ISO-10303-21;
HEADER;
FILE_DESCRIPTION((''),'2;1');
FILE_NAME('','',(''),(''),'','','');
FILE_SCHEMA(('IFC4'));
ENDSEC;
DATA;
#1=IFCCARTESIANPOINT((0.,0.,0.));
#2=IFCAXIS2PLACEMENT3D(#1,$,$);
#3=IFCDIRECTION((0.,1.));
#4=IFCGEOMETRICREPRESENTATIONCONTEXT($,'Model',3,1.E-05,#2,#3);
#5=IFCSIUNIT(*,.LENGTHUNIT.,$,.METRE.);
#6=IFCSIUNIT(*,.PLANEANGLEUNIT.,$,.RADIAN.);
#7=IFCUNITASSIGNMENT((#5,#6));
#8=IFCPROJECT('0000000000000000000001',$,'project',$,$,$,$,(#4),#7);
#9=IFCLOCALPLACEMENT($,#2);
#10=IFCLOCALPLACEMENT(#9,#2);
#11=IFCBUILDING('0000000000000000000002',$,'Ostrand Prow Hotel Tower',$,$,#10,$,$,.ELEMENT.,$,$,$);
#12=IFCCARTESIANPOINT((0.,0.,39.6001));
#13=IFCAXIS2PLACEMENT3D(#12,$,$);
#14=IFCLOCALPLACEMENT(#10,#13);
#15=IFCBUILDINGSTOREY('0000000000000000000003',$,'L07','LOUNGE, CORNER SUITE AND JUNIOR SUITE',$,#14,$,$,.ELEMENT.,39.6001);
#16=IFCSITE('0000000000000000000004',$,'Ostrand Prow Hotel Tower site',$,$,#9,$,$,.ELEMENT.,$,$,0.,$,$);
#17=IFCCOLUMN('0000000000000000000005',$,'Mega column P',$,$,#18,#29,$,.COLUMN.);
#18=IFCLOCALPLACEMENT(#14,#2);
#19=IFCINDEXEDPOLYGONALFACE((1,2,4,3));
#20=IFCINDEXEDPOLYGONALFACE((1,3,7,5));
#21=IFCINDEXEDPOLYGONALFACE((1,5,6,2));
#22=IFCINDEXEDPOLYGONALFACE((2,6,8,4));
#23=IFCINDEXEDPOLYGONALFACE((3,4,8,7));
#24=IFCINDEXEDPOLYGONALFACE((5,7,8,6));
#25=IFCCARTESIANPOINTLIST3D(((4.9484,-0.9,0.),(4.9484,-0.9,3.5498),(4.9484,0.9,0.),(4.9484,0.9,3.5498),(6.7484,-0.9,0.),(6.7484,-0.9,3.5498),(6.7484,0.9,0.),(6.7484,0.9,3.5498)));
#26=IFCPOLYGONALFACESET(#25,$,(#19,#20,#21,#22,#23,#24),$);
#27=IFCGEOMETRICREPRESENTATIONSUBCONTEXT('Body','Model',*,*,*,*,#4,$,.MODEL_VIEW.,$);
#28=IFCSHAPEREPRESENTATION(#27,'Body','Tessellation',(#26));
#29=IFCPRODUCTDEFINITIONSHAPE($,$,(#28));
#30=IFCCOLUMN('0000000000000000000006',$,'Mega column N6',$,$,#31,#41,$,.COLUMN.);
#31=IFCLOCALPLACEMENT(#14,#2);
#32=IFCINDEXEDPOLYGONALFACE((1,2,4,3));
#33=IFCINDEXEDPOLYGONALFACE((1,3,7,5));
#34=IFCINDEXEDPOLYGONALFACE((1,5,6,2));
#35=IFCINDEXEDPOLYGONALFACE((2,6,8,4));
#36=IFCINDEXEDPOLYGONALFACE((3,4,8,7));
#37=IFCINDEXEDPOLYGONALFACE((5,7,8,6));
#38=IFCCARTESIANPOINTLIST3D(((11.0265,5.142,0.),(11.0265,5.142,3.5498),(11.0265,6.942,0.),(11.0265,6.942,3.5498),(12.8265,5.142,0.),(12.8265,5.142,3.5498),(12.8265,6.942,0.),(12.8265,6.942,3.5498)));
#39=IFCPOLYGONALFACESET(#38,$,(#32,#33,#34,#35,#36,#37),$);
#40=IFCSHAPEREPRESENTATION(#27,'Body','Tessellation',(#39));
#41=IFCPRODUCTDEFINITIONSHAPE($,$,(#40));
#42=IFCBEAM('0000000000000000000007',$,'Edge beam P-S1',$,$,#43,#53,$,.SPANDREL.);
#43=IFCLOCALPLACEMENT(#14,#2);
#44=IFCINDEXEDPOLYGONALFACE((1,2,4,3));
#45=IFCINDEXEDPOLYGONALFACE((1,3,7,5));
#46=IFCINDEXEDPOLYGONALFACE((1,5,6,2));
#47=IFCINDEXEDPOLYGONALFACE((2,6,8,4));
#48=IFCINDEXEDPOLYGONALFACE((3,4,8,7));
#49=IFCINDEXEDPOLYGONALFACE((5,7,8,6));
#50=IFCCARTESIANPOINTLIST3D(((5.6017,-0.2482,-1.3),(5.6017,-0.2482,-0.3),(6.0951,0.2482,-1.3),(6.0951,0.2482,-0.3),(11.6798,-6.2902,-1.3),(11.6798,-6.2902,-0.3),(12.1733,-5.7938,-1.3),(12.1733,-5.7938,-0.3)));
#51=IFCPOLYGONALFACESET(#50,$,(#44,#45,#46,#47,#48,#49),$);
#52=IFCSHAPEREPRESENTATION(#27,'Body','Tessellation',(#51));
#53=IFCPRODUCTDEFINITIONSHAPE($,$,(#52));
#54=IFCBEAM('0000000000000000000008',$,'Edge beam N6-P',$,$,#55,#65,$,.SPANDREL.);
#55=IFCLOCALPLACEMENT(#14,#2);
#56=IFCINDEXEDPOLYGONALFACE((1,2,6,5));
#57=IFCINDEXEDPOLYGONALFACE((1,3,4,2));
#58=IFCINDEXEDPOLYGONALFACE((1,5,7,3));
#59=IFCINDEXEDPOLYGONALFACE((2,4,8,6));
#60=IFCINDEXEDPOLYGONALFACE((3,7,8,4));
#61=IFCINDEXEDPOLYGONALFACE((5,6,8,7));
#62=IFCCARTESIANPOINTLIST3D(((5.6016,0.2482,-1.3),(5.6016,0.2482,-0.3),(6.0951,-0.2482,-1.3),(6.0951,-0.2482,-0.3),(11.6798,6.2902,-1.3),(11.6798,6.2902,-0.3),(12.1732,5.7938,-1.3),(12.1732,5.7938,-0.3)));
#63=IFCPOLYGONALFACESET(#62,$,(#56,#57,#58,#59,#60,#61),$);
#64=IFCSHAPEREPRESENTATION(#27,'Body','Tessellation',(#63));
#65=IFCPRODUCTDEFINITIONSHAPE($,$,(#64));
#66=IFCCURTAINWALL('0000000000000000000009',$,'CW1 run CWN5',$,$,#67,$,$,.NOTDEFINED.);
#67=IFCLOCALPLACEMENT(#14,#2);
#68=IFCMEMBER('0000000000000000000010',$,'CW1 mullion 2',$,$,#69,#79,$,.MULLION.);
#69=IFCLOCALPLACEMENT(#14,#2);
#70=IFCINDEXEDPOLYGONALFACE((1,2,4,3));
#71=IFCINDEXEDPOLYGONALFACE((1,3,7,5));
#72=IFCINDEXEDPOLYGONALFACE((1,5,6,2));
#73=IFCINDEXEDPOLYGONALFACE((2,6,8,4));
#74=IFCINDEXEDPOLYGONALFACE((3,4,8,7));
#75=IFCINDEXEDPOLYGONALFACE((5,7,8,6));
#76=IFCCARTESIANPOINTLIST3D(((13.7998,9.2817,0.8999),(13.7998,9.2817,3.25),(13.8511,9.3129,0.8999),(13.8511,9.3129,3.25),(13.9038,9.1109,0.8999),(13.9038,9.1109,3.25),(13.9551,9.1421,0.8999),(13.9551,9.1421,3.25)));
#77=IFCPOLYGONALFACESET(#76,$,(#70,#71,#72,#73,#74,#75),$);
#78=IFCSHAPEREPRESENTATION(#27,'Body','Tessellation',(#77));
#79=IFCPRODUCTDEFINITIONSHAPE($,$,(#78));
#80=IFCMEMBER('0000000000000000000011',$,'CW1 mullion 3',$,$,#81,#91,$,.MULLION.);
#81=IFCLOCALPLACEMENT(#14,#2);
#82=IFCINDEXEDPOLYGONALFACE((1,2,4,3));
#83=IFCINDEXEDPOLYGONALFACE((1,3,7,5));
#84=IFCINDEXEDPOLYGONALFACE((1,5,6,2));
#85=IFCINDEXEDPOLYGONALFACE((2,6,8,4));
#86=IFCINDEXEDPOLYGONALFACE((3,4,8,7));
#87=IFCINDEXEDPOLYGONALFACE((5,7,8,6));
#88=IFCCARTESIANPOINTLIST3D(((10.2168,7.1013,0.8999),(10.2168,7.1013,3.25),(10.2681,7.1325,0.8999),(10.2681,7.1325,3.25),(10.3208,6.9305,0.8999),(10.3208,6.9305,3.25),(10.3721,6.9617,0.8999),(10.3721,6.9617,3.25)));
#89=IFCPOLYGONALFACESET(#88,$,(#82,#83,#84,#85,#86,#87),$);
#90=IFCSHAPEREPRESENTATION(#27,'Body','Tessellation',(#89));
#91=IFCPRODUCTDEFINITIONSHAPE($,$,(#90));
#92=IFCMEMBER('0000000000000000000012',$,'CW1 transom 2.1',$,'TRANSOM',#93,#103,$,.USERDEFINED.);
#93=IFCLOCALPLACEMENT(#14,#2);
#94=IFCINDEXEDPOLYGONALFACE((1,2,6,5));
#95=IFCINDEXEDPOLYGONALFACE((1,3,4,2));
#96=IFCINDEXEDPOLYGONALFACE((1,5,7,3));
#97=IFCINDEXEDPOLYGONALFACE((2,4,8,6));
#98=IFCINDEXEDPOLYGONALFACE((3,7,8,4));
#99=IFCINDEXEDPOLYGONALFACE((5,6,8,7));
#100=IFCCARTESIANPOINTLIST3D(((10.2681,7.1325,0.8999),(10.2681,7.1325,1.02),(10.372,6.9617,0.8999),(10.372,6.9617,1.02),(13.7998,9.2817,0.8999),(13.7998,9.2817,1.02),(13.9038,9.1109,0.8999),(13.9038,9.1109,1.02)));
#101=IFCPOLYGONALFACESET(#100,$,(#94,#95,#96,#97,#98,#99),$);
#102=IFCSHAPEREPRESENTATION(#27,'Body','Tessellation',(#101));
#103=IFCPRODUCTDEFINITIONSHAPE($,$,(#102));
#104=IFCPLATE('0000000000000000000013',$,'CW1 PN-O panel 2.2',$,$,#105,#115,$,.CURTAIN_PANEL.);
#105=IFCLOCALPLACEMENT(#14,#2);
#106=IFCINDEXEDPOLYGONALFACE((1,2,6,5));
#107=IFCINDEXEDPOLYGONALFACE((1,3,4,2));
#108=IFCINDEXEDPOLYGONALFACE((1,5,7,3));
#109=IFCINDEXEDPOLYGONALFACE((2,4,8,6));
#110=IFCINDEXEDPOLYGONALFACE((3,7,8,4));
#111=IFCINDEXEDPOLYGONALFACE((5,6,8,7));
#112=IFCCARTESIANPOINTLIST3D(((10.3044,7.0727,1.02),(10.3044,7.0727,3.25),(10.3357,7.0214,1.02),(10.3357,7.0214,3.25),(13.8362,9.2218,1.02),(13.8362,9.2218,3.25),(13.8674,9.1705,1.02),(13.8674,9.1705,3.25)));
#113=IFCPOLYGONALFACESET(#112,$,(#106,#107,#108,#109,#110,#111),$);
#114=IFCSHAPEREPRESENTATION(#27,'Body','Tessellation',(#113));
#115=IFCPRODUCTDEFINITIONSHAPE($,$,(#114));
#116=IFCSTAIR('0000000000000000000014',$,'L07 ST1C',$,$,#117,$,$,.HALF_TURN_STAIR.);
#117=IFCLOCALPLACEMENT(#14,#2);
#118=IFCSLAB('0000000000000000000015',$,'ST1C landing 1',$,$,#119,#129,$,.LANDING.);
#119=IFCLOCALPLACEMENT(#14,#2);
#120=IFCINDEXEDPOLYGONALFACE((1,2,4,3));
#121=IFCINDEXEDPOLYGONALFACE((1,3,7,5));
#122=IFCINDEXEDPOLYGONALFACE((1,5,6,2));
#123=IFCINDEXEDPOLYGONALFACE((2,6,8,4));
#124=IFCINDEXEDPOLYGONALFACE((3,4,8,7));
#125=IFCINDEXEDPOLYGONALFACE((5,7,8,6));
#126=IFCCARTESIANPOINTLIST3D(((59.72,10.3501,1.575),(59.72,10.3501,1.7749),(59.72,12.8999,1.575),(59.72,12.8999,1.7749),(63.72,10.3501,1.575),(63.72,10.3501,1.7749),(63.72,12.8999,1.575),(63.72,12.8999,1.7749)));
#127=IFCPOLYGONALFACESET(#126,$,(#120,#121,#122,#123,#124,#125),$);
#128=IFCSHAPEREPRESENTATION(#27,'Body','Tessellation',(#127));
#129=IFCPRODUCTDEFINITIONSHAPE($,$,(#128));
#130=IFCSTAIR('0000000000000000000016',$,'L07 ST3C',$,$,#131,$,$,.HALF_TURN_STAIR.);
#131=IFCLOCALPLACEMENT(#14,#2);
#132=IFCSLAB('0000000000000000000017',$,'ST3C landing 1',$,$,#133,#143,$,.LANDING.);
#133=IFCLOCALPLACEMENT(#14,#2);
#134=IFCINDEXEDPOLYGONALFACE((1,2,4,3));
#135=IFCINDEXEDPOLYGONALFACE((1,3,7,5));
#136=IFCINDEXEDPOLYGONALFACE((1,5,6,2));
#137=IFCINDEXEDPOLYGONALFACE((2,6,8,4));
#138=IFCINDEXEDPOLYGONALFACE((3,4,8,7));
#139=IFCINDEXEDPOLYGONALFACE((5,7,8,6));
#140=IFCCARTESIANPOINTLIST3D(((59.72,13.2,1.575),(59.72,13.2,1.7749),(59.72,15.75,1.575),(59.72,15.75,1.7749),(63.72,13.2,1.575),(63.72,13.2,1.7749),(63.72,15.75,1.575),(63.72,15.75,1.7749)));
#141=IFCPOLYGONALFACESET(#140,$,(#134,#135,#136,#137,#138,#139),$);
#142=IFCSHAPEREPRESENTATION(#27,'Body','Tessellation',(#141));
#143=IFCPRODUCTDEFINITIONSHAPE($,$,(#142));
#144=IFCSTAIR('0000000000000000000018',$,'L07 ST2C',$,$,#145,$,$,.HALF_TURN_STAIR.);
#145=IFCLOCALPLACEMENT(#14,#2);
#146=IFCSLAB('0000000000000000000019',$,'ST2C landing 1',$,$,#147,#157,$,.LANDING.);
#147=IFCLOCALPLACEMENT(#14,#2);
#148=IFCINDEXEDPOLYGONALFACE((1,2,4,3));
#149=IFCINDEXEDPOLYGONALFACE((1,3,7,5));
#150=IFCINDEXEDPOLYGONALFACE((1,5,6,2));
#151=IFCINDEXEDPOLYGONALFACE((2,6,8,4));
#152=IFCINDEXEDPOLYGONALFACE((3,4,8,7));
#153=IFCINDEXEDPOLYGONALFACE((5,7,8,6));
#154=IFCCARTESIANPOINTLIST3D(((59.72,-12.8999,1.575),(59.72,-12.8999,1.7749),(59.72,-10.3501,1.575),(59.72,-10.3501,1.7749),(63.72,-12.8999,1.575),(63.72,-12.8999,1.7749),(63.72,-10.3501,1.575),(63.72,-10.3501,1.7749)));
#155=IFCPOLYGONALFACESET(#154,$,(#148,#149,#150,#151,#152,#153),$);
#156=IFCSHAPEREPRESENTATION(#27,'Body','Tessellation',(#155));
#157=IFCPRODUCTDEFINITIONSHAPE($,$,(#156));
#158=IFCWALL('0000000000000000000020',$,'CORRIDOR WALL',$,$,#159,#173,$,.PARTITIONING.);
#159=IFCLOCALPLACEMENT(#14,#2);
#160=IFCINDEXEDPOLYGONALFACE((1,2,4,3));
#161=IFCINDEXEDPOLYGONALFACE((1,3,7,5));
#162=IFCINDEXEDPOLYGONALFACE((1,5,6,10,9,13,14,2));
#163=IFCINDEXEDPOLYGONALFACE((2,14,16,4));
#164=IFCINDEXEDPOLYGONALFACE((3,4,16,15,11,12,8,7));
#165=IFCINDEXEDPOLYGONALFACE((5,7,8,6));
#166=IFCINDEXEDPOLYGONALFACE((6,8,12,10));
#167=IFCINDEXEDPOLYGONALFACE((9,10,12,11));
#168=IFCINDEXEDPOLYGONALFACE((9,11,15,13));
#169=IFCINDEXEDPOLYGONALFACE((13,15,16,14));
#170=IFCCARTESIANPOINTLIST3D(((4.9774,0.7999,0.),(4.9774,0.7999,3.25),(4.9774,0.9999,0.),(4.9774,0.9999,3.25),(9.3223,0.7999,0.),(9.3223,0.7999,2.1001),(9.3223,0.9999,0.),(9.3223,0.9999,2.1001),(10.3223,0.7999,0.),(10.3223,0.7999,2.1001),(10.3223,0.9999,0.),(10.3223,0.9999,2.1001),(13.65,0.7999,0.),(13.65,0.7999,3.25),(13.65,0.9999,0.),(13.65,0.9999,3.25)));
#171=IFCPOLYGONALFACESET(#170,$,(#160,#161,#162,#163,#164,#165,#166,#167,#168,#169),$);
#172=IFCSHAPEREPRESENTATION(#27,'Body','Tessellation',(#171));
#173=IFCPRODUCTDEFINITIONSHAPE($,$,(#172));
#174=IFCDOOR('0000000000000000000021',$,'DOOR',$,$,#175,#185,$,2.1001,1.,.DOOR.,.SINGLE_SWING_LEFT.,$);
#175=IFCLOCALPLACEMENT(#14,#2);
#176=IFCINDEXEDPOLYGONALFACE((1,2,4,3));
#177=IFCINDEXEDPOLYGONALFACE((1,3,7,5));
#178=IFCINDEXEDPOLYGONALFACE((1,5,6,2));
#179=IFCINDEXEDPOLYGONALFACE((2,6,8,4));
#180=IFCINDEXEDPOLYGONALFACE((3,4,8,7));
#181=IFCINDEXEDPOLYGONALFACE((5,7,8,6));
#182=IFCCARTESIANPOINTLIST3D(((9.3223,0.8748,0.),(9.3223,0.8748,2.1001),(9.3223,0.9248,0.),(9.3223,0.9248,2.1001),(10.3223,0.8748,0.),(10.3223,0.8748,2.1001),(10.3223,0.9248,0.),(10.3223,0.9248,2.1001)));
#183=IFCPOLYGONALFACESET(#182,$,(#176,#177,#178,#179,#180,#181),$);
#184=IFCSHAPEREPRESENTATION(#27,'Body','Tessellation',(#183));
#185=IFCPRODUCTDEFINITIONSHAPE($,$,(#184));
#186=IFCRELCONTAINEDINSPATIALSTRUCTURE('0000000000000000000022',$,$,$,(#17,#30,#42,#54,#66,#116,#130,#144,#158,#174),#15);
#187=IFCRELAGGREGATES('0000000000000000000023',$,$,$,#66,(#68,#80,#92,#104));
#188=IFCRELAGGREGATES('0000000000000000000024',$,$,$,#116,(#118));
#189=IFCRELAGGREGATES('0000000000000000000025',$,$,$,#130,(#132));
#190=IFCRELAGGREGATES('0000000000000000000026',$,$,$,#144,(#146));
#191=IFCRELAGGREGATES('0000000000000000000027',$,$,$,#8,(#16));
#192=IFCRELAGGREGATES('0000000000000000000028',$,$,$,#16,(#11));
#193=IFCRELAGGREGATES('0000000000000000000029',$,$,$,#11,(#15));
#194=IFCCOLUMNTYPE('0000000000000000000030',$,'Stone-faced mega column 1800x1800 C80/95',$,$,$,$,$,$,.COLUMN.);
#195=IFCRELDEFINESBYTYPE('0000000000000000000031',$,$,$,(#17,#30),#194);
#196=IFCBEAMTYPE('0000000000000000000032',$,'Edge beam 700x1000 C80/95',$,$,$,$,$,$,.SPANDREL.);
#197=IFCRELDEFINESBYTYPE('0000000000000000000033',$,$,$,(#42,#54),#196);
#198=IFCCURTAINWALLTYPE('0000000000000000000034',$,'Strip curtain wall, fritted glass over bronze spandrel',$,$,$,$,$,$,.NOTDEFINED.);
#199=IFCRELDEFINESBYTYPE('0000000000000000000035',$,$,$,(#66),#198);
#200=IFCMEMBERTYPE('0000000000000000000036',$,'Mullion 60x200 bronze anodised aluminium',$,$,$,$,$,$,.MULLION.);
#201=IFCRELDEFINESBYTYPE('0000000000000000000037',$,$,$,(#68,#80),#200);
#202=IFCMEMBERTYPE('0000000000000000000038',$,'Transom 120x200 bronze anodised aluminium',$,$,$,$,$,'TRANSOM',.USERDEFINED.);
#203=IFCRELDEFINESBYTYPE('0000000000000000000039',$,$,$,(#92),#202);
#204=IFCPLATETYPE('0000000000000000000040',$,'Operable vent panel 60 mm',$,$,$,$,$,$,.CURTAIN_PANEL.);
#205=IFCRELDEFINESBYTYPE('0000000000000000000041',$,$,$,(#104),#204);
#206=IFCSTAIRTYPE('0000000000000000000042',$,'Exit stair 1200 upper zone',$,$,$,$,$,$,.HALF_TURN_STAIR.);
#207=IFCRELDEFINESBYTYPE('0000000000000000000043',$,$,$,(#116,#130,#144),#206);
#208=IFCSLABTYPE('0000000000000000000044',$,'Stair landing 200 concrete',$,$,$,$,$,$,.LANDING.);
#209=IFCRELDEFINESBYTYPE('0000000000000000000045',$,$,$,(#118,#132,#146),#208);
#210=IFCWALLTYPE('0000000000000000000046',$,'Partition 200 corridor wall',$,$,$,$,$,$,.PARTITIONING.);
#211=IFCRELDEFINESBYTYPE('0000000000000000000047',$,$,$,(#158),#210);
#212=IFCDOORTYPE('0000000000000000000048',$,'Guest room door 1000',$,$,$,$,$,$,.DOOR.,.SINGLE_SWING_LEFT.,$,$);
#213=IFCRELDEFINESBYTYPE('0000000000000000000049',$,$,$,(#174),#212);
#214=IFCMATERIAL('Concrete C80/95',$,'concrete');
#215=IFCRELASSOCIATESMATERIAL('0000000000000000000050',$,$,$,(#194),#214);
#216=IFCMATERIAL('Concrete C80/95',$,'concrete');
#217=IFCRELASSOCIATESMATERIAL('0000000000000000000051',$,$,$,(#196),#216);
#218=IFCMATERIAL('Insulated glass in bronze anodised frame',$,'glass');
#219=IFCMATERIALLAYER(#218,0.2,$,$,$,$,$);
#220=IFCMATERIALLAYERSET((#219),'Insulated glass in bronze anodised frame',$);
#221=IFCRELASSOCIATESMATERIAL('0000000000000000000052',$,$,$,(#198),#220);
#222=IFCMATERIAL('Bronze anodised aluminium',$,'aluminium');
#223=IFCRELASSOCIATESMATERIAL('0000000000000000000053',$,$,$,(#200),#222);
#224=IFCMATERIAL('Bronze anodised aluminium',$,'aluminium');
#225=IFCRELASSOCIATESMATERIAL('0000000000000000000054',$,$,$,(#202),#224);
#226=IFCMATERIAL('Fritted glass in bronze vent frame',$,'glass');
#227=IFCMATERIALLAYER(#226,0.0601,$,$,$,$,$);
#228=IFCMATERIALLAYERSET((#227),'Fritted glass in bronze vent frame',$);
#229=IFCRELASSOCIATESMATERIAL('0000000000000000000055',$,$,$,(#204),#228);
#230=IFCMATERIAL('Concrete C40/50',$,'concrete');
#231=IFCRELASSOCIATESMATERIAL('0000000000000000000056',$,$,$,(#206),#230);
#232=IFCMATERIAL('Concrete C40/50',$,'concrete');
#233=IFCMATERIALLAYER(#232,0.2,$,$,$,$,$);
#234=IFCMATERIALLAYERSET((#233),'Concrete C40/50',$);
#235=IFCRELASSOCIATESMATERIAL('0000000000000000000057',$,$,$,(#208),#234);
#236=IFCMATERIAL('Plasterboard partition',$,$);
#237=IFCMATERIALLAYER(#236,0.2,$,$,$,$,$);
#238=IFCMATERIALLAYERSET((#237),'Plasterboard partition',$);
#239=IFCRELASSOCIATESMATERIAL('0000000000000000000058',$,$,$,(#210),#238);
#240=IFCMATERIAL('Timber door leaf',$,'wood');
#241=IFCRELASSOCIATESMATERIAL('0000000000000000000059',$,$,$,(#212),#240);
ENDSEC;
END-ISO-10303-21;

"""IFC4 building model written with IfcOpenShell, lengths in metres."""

from ifc_helpers import new_model, si_unit, direction, frame, frame_2d, origin, origin_2d, place, context, subcontext, project, spatial, polyline, rectangle, outline, extrude, material, layer, layer_set, material_profile, profile_set, type_object, element, fill, aggregate, save


model = new_model("IFC4")

# Units and contexts
model_context = context("Model", 3, precision=1e-05, world=origin(), true_north=direction((0.0, 1.0)))
body_context = subcontext(model_context, "Body", "Model", "MODEL_VIEW")
ifc_project = project(units=[si_unit("LENGTHUNIT", "METRE"), si_unit("PLANEANGLEUNIT", "RADIAN")], contexts=[model_context])

# Site, building, storey
site_placement = place(None, origin())
site = spatial("IfcSite", under=ifc_project, at=site_placement, Name="Ostrand Prow Hotel Tower site", CompositionType="ELEMENT", RefElevation=0.0)
building_placement = place(site_placement, origin())
building = spatial("IfcBuilding", under=site, at=building_placement, Name="Ostrand Prow Hotel Tower", CompositionType="ELEMENT")
storey_placement = place(building_placement, frame((0.0, 0.0, 39.6001)))
storey = spatial("IfcBuildingStorey", under=building, at=storey_placement, Name="L07", Description="LOUNGE, CORNER SUITE AND JUNIOR SUITE", CompositionType="ELEMENT", Elevation=39.6001)

# Columns
ifc_material_1 = material(Name="Concrete C80/95", Category="concrete")
ifc_material_profile_1 = material_profile(ifc_material_1, rectangle(XDim=1.8, YDim=1.8, at=origin_2d()), Name="RC 1800x1800")
ifc_profile_set_1 = profile_set([ifc_material_profile_1], Name="Concrete C80/95")
column_type = type_object("IfcColumnType", Name="Stone-faced mega column 1800x1800 C80/95", PredefinedType="COLUMN", material=ifc_profile_set_1)
for number, where, z_axis, x_axis, name in (
    (1, (5.8484, 0.0, 0.0), (0.0, 0.0, 1.0), (1.0, 0.0, 0.0), "Mega column P"),
    (2, (11.9265, 6.042, 0.0), (0.0, 0.0, 1.0), (1.0, 0.0, 0.0), "Mega column N6"),
):
    element("IfcColumn", number, at=place(storey_placement, frame(where, z_axis=z_axis, x_axis=x_axis)), inside=storey, type_object=column_type, Name=name, PredefinedType="COLUMN", context=body_context, shape_type="SweptSolid", body=[
        extrude(rectangle(XDim=1.8, YDim=1.8, at=origin_2d()), origin(), (0.0, 0.0, 1.0), 3.5498),
    ])

# Beams
ifc_material_2 = material(Name="Concrete C80/95", Category="concrete")
ifc_material_profile_2 = material_profile(ifc_material_2, rectangle(XDim=0.7, YDim=1.0, at=origin_2d()), Name="RC 700x1000")
ifc_profile_set_2 = profile_set([ifc_material_profile_2], Name="Concrete C80/95")
beam_type = type_object("IfcBeamType", Name="Edge beam 700x1000 C80/95", PredefinedType="SPANDREL", material=ifc_profile_set_2)
for number, where, z_axis, x_axis, name in (
    (3, (5.8484, 0.0, -0.8), (0.709212, -0.704996, 0.0), (0.704996, 0.709212, 0.0), "Edge beam P-S1"),
    (4, (11.9265, 6.042, -0.8), (-0.709212, -0.704996, 0.0), (0.704996, -0.709212, 0.0), "Edge beam N6-P"),
):
    element("IfcBeam", number, at=place(storey_placement, frame(where, z_axis=z_axis, x_axis=x_axis)), inside=storey, type_object=beam_type, Name=name, PredefinedType="SPANDREL", context=body_context, shape_type="SweptSolid", body=[
        extrude(rectangle(XDim=0.7, YDim=1.0, at=origin_2d()), origin(), (0.0, 0.0, 1.0), 8.5703),
    ])

# Curtain wall, members, plate
ifc_material_3 = material(Name="Insulated glass in bronze anodised frame", Category="glass")
ifc_layer_1 = layer(ifc_material_3, 0.2)
ifc_layer_set_1 = layer_set([ifc_layer_1], Name="Insulated glass in bronze anodised frame")
curtain_wall_type = type_object("IfcCurtainWallType", Name="Strip curtain wall, fritted glass over bronze spandrel", PredefinedType="NOTDEFINED", material=ifc_layer_set_1)
curtain_wall_placement = place(storey_placement, origin())
curtain_wall = element("IfcCurtainWall", 5, at=curtain_wall_placement, inside=storey, type_object=curtain_wall_type, Name="CW1 run CWN5", PredefinedType="NOTDEFINED")
ifc_material_4 = material(Name="Bronze anodised aluminium", Category="aluminium")
ifc_material_profile_3 = material_profile(ifc_material_4, rectangle(XDim=0.2, YDim=0.0601, at=origin_2d()), Name="Mullion 60x200 bronze anodised aluminium")
ifc_profile_set_3 = profile_set([ifc_material_profile_3], Name="Bronze anodised aluminium")
member_type_1 = type_object("IfcMemberType", Name="Mullion 60x200 bronze anodised aluminium", PredefinedType="MULLION", material=ifc_profile_set_3)
member_1_placement = place(storey_placement, frame((13.8774, 9.2119, 0.8999), z_axis=(0.0, 0.0, 1.0), x_axis=(0.519831, -0.854269, 0.0)))
member_1 = element("IfcMember", 6, at=member_1_placement, type_object=member_type_1, Name="CW1 mullion 2", PredefinedType="MULLION", context=body_context, shape_type="SweptSolid", body=[
    extrude(rectangle(XDim=0.2, YDim=0.0601, at=origin_2d()), origin(), (0.0, 0.0, 1.0), 2.3501),
])
member_2_placement = place(storey_placement, frame((10.2944, 7.0315, 0.8999), z_axis=(0.0, 0.0, 1.0), x_axis=(0.519831, -0.854269, 0.0)))
member_2 = element("IfcMember", 7, at=member_2_placement, type_object=member_type_1, Name="CW1 mullion 3", PredefinedType="MULLION", context=body_context, shape_type="SweptSolid", body=[
    extrude(rectangle(XDim=0.2, YDim=0.0601, at=origin_2d()), origin(), (0.0, 0.0, 1.0), 2.3501),
])
ifc_material_5 = material(Name="Bronze anodised aluminium", Category="aluminium")
ifc_material_profile_4 = material_profile(ifc_material_5, rectangle(XDim=0.2, YDim=0.1201, at=origin_2d()), Name="Transom 120x200 bronze anodised aluminium")
ifc_profile_set_4 = profile_set([ifc_material_profile_4], Name="Bronze anodised aluminium")
member_type_2 = type_object("IfcMemberType", Name="Transom 120x200 bronze anodised aluminium", ElementType="TRANSOM", PredefinedType="USERDEFINED", material=ifc_profile_set_4)
member_3_placement = place(storey_placement, frame((13.8518, 9.1963, 0.96), z_axis=(-0.854261, -0.519844, 0.0), x_axis=(0.519844, -0.854261, 0.0)))
member_3 = element("IfcMember", 8, at=member_3_placement, type_object=member_type_2, Name="CW1 transom 2.1", ObjectType="TRANSOM", PredefinedType="USERDEFINED", context=body_context, shape_type="SweptSolid", body=[
    extrude(rectangle(XDim=0.2, YDim=0.1201, at=origin_2d()), origin(), (0.0, 0.0, 1.0), 4.1343),
])
ifc_material_6 = material(Name="Fritted glass in bronze vent frame", Category="glass")
ifc_layer_2 = layer(ifc_material_6, 0.0601)
ifc_layer_set_2 = layer_set([ifc_layer_2], Name="Fritted glass in bronze vent frame")
plate_type = type_object("IfcPlateType", Name="Operable vent panel 60 mm", PredefinedType="CURTAIN_PANEL", material=ifc_layer_set_2)
plate_placement = place(storey_placement, frame((12.0859, 8.1216, 1.02), z_axis=(0.0, 0.0, 1.0), x_axis=(-0.854269, -0.519831, 0.0)))
plate = element("IfcPlate", 9, at=plate_placement, type_object=plate_type, Name="CW1 PN-O panel 2.2", PredefinedType="CURTAIN_PANEL", context=body_context, shape_type="SweptSolid", body=[
    extrude(rectangle(XDim=4.1343, YDim=0.0601, at=origin_2d()), origin(), (0.0, 0.0, 1.0), 2.23),
])
aggregate(curtain_wall, [member_1, member_2, member_3, plate])

# Stairs, slabs
ifc_material_7 = material(Name="Concrete C40/50", Category="concrete")
stair_type = type_object("IfcStairType", Name="Exit stair 1200 upper zone", PredefinedType="HALF_TURN_STAIR", material=ifc_material_7)
stair_1_placement = place(storey_placement, origin())
stair_1 = element("IfcStair", 10, at=stair_1_placement, inside=storey, type_object=stair_type, Name="L07 ST1C", PredefinedType="HALF_TURN_STAIR")
ifc_material_8 = material(Name="Concrete C40/50", Category="concrete")
ifc_layer_3 = layer(ifc_material_8, 0.2)
ifc_layer_set_3 = layer_set([ifc_layer_3], Name="Concrete C40/50")
slab_type = type_object("IfcSlabType", Name="Stair landing 200 concrete", PredefinedType="LANDING", material=ifc_layer_set_3)
slab_1_placement = place(storey_placement, frame((0.0, 0.0, 1.575)))
slab_1 = element("IfcSlab", 11, at=slab_1_placement, type_object=slab_type, Name="ST1C landing 1", PredefinedType="LANDING", context=body_context, shape_type="SweptSolid", body=[
    extrude(outline(polyline([(59.72, 10.3501), (63.72, 10.3501), (63.72, 12.8999), (59.72, 12.8999), (59.72, 10.3501)])), origin(), (0.0, 0.0, 1.0), 0.2),
])
aggregate(stair_1, [slab_1])
stair_2_placement = place(storey_placement, origin())
stair_2 = element("IfcStair", 12, at=stair_2_placement, inside=storey, type_object=stair_type, Name="L07 ST3C", PredefinedType="HALF_TURN_STAIR")
slab_2_placement = place(storey_placement, frame((0.0, 0.0, 1.575)))
slab_2 = element("IfcSlab", 13, at=slab_2_placement, type_object=slab_type, Name="ST3C landing 1", PredefinedType="LANDING", context=body_context, shape_type="SweptSolid", body=[
    extrude(outline(polyline([(59.72, 13.2), (63.72, 13.2), (63.72, 15.75), (59.72, 15.75), (59.72, 13.2)])), origin(), (0.0, 0.0, 1.0), 0.2),
])
aggregate(stair_2, [slab_2])
stair_3_placement = place(storey_placement, origin())
stair_3 = element("IfcStair", 14, at=stair_3_placement, inside=storey, type_object=stair_type, Name="L07 ST2C", PredefinedType="HALF_TURN_STAIR")
slab_3_placement = place(storey_placement, frame((0.0, 0.0, 1.575)))
slab_3 = element("IfcSlab", 15, at=slab_3_placement, type_object=slab_type, Name="ST2C landing 1", PredefinedType="LANDING", context=body_context, shape_type="SweptSolid", body=[
    extrude(outline(polyline([(59.72, -12.8999), (63.72, -12.8999), (63.72, -10.3501), (59.72, -10.3501), (59.72, -12.8999)])), origin(), (0.0, 0.0, 1.0), 0.2),
])
aggregate(stair_3, [slab_3])

# Wall, opening, door
ifc_material_9 = material(Name="Plasterboard partition")
ifc_layer_4 = layer(ifc_material_9, 0.2)
ifc_layer_set_4 = layer_set([ifc_layer_4], Name="Plasterboard partition")
wall_type_1 = type_object("IfcWallType", Name="Partition 200 corridor wall", PredefinedType="PARTITIONING", material=ifc_layer_set_4)
wall_1_placement = place(storey_placement, frame((4.9773, 0.8999, 0.0), z_axis=(0.0, 0.0, 1.0), x_axis=(1.0, 0.0, 0.0)))
wall_1 = element("IfcWall", 16, at=wall_1_placement, inside=storey, type_object=wall_type_1, Name="CORRIDOR WALL", PredefinedType="PARTITIONING", context=body_context, shape_type="SweptSolid", body=[
    extrude(rectangle(XDim=8.6726, YDim=0.2, at=frame_2d((4.3364, 0.0))), origin(), (0.0, 0.0, 1.0), 3.25),
])
opening_1_placement = place(wall_1_placement, frame((4.345, 0.0, 0.0)))
opening_1 = element("IfcOpeningElement", 17, at=opening_1_placement, cuts=wall_1, PredefinedType="OPENING", context=body_context, shape_type="SweptSolid", body=[
    extrude(rectangle(XDim=1.0, YDim=2.1001, at=frame_2d((0.5, 1.05))), frame((0.0, 0.1099, 0.0), z_axis=(0.0, -1.0, 0.0), x_axis=(1.0, 0.0, 0.0)), (0.0, 0.0, 1.0), 0.22),
])
ifc_material_10 = material(Name="Timber door leaf", Category="wood")
door_type = type_object("IfcDoorType", Name="Guest room door 1000", OperationType="SINGLE_SWING_LEFT", PredefinedType="DOOR", material=ifc_material_10)
door_placement = place(opening_1_placement, origin())
door = element("IfcDoor", 18, at=door_placement, inside=storey, type_object=door_type, Name="DOOR", OperationType="SINGLE_SWING_LEFT", OverallHeight=2.1001, OverallWidth=1.0, PredefinedType="DOOR", context=body_context, shape_type="SweptSolid", body=[
    extrude(rectangle(XDim=1.0, YDim=2.1001, at=frame_2d((0.5, 1.05))), frame((0.0, 0.0249, 0.0), z_axis=(0.0, -1.0, 0.0), x_axis=(1.0, 0.0, 0.0)), (0.0, 0.0, 1.0), 0.05),
])
fill(opening_1, door)

save(model, "model.ifc")
